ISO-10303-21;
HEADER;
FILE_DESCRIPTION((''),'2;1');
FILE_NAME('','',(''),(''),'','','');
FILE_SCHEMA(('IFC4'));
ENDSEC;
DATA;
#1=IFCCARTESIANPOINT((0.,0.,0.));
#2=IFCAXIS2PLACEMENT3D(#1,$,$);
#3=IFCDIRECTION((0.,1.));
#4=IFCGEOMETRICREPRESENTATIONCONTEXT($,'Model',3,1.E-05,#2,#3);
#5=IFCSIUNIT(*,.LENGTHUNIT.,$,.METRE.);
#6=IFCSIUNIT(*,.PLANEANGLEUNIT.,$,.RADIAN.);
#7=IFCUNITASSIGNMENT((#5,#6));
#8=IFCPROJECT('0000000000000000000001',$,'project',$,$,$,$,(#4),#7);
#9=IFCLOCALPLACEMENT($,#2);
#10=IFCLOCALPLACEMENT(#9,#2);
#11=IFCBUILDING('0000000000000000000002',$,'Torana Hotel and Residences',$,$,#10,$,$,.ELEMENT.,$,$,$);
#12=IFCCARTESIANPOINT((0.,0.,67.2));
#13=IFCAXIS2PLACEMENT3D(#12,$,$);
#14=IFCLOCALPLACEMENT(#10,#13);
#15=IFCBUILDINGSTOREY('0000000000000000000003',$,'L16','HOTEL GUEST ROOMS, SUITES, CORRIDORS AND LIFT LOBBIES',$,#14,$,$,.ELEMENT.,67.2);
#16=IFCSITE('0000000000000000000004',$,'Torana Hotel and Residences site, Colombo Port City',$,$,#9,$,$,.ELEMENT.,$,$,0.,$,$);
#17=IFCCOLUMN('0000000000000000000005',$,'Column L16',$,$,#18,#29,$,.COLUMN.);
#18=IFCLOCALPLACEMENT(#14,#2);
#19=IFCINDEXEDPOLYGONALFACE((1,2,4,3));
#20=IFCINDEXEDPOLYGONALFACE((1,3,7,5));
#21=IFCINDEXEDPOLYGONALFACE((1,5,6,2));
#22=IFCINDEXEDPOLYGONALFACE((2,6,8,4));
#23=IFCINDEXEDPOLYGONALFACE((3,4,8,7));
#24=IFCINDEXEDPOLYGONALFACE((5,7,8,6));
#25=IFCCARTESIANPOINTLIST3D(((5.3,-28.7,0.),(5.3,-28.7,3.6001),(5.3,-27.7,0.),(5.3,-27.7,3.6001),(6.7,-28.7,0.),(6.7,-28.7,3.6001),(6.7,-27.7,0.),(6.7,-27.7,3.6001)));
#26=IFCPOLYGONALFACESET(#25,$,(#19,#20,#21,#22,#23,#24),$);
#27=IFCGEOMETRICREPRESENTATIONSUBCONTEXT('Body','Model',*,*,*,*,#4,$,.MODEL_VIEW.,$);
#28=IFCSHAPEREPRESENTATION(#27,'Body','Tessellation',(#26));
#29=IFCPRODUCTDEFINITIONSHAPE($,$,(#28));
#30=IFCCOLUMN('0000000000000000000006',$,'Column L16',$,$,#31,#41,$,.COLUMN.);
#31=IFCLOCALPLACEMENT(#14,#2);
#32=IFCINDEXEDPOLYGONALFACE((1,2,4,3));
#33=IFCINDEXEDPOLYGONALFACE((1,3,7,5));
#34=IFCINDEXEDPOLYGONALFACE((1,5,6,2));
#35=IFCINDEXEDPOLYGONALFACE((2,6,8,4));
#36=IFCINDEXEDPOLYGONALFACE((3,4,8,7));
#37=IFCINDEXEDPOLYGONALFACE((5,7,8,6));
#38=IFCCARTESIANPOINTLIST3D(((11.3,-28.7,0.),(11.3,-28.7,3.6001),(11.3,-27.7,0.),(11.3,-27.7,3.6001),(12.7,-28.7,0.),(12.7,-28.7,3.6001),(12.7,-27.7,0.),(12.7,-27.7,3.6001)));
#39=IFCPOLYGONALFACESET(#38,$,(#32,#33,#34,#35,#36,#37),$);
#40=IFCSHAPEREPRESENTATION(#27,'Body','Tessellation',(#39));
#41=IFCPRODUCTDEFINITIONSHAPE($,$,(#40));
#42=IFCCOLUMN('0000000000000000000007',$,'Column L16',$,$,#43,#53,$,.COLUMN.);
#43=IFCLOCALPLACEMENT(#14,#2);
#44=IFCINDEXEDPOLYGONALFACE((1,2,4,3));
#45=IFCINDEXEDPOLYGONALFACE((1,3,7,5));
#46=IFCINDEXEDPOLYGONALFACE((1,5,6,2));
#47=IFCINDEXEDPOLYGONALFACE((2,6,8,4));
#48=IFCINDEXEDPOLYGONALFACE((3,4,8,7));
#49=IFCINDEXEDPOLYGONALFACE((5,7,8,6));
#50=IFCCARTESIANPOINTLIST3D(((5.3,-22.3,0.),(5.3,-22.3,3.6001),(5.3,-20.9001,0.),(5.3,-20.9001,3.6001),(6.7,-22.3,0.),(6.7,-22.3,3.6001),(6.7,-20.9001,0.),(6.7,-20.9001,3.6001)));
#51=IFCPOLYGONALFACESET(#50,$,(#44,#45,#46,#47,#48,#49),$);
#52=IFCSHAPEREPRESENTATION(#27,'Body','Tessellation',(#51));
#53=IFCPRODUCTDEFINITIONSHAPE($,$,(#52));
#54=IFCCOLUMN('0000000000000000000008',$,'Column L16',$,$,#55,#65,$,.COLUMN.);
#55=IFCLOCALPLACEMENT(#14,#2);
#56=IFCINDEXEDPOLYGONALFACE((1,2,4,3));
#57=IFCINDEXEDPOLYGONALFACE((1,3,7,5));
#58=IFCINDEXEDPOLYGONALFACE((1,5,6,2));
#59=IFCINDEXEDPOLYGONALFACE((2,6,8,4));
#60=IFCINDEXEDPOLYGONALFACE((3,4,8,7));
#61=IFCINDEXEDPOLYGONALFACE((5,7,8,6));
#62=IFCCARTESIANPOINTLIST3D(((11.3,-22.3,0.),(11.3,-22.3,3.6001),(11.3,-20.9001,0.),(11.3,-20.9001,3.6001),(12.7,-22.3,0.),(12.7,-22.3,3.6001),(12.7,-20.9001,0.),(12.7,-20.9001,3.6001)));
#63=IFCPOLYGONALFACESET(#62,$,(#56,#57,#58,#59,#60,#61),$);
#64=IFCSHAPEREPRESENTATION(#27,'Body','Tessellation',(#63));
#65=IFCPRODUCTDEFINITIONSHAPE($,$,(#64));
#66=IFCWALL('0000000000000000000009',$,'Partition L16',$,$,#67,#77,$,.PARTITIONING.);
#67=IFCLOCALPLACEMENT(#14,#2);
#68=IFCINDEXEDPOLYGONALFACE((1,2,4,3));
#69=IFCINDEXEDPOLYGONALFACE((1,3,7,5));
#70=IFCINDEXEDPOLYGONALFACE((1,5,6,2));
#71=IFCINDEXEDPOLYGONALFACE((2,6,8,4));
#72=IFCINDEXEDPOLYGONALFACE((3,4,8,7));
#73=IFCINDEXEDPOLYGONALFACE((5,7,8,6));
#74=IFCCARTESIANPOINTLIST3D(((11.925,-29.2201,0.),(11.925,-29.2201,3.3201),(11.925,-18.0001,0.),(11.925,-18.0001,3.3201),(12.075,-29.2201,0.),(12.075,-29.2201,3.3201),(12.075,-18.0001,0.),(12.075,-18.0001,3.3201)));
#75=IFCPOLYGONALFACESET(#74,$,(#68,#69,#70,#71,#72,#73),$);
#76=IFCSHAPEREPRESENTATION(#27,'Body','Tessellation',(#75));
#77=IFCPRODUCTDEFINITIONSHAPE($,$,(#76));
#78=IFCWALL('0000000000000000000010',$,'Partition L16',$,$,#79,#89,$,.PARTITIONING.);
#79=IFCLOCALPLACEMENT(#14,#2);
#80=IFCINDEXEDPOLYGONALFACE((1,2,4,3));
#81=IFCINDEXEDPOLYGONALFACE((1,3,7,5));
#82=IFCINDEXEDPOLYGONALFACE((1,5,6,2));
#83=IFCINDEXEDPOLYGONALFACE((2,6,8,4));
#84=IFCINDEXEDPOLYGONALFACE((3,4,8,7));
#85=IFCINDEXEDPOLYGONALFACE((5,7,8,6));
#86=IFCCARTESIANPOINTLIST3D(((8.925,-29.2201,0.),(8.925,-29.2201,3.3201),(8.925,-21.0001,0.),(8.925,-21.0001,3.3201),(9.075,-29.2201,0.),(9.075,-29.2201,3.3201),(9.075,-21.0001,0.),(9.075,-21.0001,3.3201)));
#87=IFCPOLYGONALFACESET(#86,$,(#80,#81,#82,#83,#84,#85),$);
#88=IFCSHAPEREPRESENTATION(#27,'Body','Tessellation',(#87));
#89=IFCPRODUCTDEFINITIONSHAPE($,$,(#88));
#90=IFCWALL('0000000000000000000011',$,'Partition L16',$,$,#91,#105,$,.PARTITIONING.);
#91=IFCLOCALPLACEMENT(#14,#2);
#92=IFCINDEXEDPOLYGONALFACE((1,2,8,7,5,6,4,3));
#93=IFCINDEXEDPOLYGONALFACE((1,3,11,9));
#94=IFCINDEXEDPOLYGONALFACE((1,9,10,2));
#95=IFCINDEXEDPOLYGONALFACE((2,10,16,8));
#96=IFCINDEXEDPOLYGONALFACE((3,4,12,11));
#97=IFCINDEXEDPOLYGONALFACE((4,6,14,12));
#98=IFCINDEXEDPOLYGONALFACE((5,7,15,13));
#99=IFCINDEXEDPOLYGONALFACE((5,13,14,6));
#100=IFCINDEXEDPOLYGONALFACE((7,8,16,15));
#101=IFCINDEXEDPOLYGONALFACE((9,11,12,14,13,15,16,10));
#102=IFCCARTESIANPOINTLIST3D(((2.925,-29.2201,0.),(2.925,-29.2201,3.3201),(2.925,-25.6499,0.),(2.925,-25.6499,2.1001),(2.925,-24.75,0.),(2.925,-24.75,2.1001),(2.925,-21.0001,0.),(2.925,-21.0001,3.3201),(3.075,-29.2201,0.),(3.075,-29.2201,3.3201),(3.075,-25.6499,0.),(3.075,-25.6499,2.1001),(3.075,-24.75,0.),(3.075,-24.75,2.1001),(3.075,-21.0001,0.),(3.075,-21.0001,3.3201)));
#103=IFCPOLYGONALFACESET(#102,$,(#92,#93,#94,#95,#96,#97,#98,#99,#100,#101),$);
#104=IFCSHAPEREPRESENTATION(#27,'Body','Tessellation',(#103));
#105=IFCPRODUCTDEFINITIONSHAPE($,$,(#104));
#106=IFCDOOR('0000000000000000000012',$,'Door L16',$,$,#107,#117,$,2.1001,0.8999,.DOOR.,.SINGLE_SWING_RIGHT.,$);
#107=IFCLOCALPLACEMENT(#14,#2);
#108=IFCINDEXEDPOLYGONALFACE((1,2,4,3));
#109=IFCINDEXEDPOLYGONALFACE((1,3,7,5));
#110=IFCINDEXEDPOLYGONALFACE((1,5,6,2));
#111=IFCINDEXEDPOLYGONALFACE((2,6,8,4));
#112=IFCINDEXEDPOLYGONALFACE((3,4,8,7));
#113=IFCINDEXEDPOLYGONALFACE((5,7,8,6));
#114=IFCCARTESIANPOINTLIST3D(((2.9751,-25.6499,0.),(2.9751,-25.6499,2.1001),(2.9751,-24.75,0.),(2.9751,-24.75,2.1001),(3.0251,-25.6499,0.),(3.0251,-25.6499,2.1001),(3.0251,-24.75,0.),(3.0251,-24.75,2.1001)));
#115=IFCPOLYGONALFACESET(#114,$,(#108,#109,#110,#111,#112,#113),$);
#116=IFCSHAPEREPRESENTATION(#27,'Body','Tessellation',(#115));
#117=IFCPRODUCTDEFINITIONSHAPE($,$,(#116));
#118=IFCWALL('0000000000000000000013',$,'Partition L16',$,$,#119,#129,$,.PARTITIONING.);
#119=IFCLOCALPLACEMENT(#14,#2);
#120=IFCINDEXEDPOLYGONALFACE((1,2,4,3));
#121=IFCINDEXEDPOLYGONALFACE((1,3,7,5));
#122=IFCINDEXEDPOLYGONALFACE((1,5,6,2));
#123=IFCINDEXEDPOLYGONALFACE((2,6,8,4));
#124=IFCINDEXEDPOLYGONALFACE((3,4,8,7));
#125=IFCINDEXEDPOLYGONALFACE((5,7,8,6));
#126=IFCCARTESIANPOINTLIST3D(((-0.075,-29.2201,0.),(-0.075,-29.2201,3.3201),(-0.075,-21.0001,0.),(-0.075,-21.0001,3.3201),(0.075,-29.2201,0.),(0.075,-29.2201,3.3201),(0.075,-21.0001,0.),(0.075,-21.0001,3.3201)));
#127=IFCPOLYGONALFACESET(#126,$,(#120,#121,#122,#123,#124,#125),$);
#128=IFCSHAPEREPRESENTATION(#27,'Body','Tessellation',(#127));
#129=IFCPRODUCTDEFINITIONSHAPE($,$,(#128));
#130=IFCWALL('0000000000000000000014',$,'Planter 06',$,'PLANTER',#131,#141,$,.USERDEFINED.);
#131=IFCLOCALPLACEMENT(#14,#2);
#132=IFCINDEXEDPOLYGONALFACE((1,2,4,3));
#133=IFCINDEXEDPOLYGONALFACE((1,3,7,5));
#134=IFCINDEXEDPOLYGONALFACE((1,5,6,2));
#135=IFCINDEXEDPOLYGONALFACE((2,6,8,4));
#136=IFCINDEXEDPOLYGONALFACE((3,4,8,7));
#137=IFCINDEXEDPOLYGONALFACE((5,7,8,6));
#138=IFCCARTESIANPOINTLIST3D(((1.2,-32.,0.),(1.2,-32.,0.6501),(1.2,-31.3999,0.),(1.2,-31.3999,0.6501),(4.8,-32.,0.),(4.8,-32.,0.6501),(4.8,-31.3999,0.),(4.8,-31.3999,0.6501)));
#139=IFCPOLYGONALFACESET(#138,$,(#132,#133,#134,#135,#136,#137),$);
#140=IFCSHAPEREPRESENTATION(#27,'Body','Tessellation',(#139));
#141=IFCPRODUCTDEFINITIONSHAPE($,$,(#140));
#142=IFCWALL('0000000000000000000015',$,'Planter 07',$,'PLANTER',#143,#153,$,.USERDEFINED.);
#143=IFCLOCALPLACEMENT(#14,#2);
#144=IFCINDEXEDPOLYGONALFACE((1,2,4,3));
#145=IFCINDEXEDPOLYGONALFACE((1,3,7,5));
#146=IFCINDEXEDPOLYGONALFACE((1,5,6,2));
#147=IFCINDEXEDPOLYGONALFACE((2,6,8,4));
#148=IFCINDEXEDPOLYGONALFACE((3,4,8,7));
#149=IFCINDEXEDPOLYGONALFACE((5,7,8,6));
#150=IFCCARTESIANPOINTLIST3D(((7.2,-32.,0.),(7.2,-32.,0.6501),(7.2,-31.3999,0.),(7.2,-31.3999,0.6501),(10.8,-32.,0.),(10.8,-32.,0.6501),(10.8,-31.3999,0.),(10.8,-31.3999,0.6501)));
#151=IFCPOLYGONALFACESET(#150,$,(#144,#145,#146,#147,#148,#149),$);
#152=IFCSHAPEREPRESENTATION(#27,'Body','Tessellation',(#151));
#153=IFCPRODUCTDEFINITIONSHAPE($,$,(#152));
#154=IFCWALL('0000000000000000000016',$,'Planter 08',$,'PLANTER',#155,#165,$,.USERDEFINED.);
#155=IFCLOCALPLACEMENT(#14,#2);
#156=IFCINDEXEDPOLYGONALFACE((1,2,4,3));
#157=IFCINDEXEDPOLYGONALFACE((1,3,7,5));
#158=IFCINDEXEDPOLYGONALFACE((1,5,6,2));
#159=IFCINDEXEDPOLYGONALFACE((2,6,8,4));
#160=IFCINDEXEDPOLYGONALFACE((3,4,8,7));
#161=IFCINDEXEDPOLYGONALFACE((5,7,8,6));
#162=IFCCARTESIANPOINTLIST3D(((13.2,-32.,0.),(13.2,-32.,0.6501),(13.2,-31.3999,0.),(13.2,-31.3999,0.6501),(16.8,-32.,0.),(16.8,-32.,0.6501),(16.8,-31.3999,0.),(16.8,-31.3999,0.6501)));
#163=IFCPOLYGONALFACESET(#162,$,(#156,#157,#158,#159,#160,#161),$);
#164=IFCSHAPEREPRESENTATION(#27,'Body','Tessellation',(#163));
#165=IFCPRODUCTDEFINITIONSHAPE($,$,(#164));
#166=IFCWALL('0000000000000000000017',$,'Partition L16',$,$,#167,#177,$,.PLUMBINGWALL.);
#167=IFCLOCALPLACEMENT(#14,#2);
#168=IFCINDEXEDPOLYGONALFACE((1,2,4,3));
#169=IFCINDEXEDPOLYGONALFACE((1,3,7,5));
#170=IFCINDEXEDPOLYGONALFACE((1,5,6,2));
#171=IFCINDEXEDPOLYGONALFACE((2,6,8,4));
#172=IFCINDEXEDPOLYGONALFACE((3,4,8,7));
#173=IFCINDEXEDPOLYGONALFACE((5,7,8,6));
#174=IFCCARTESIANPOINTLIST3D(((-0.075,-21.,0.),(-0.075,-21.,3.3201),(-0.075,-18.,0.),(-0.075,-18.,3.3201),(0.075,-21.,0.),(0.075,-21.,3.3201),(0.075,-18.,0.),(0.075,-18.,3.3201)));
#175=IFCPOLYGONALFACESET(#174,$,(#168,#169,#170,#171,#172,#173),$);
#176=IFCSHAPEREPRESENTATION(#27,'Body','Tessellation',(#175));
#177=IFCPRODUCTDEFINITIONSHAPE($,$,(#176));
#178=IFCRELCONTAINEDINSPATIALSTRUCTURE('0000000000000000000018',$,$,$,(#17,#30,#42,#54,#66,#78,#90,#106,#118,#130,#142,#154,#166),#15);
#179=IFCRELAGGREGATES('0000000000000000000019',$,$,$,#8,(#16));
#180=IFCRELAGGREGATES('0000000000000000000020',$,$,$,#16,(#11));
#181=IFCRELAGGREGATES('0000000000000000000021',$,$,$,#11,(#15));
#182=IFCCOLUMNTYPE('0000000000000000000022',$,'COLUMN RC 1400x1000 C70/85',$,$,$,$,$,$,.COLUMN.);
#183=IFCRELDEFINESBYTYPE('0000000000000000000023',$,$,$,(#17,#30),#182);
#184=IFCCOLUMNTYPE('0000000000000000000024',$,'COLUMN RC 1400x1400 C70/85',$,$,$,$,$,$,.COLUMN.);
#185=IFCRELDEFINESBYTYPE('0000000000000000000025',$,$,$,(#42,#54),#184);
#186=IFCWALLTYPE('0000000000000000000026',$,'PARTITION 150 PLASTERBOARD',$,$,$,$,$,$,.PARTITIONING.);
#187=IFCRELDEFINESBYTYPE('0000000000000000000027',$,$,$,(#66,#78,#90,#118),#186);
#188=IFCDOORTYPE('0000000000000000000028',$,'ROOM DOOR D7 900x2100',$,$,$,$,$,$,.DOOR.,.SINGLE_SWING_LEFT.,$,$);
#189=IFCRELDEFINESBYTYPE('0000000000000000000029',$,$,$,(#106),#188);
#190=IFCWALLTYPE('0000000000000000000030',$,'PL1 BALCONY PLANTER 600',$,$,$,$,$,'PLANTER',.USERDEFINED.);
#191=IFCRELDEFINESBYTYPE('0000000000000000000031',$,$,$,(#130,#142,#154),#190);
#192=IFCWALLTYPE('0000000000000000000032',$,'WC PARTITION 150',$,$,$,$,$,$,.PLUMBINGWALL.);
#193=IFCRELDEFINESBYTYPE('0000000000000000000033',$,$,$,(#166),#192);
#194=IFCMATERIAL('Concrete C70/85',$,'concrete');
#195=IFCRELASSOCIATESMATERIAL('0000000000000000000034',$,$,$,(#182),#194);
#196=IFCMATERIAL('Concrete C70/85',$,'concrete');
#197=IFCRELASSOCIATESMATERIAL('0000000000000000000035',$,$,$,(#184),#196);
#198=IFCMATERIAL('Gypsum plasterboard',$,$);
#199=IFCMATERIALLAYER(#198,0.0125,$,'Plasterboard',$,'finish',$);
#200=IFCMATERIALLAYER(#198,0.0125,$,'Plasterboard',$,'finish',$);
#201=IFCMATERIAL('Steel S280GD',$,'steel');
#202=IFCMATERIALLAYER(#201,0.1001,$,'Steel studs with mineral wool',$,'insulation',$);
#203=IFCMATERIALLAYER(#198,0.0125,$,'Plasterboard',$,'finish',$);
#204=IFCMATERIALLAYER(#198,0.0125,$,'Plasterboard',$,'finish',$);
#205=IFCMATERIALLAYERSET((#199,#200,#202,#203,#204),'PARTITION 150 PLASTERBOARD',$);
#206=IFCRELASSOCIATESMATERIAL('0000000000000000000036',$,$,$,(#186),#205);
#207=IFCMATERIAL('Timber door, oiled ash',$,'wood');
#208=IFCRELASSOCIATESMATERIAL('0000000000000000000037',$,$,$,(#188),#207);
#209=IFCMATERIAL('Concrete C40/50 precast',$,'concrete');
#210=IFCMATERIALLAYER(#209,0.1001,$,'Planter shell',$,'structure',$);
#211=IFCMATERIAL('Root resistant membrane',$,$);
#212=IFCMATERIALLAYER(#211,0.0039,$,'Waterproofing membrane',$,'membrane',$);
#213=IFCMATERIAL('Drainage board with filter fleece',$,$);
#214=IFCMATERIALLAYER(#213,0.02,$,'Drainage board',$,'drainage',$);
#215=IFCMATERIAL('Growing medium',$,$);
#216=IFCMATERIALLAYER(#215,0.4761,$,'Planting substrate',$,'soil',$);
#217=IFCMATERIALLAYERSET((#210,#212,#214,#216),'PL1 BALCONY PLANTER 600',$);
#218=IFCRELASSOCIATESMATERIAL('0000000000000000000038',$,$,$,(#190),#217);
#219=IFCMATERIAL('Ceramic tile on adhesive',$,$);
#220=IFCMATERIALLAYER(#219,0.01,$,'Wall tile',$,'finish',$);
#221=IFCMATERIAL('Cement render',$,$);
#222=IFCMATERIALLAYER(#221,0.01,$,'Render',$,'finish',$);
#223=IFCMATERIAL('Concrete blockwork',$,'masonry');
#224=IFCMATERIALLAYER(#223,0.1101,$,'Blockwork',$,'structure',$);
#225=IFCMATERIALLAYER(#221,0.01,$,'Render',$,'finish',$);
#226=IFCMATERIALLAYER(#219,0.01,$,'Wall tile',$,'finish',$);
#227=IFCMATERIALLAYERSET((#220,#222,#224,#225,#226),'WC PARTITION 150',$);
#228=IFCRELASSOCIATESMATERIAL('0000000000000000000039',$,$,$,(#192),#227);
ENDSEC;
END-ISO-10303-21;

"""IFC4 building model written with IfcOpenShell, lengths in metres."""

from ifc_helpers import new_model, si_unit, direction, frame, frame_2d, origin, origin_2d, place, context, subcontext, project, spatial, rectangle, extrude, material, layer, layer_set, material_profile, profile_set, type_object, element, fill, save


model = new_model("IFC4")

# Units and contexts
model_context = context("Model", 3, precision=1e-05, world=origin(), true_north=direction((0.0, 1.0)))
body_context = subcontext(model_context, "Body", "Model", "MODEL_VIEW")
ifc_project = project(units=[si_unit("LENGTHUNIT", "METRE"), si_unit("PLANEANGLEUNIT", "RADIAN")], contexts=[model_context])

# Site, building, storey
site_placement = place(None, origin())
site = spatial("IfcSite", under=ifc_project, at=site_placement, Name="Torana Hotel and Residences site, Colombo Port City", CompositionType="ELEMENT", RefElevation=0.0)
building_placement = place(site_placement, origin())
building = spatial("IfcBuilding", under=site, at=building_placement, Name="Torana Hotel and Residences", CompositionType="ELEMENT")
storey_placement = place(building_placement, frame((0.0, 0.0, 67.2)))
storey = spatial("IfcBuildingStorey", under=building, at=storey_placement, Name="L16", Description="HOTEL GUEST ROOMS, SUITES, CORRIDORS AND LIFT LOBBIES", CompositionType="ELEMENT", Elevation=67.2)

# Columns
ifc_material_1 = material(Name="Concrete C70/85", Category="concrete")
ifc_material_profile_1 = material_profile(ifc_material_1, rectangle(XDim=1.3999, YDim=1.0, at=origin_2d()), Name="RC 1400x1000")
ifc_profile_set_1 = profile_set([ifc_material_profile_1], Name="Concrete C70/85")
column_type_1 = type_object("IfcColumnType", Name="COLUMN RC 1400x1000 C70/85", PredefinedType="COLUMN", material=ifc_profile_set_1)
for number, where, z_axis, x_axis, name in (
    (1, (6.0, -28.2, 0.0), (0.0, 0.0, 1.0), (1.0, 0.0, 0.0), "Column L16"),
    (2, (12.0, -28.2, 0.0), (0.0, 0.0, 1.0), (1.0, 0.0, 0.0), "Column L16"),
):
    element("IfcColumn", number, at=place(storey_placement, frame(where, z_axis=z_axis, x_axis=x_axis)), inside=storey, type_object=column_type_1, Name=name, PredefinedType="COLUMN", context=body_context, shape_type="SweptSolid", body=[
        extrude(rectangle(XDim=1.3999, YDim=1.0, at=origin_2d()), origin(), (0.0, 0.0, 1.0), 3.6001),
    ])
ifc_material_2 = material(Name="Concrete C70/85", Category="concrete")
ifc_material_profile_2 = material_profile(ifc_material_2, rectangle(XDim=1.3999, YDim=1.3999, at=origin_2d()), Name="RC 1400x1400")
ifc_profile_set_2 = profile_set([ifc_material_profile_2], Name="Concrete C70/85")
column_type_2 = type_object("IfcColumnType", Name="COLUMN RC 1400x1400 C70/85", PredefinedType="COLUMN", material=ifc_profile_set_2)
for number, where, z_axis, x_axis, name in (
    (3, (6.0, -21.6001, 0.0), (0.0, 0.0, 1.0), (1.0, 0.0, 0.0), "Column L16"),
    (4, (12.0, -21.6001, 0.0), (0.0, 0.0, 1.0), (1.0, 0.0, 0.0), "Column L16"),
):
    element("IfcColumn", number, at=place(storey_placement, frame(where, z_axis=z_axis, x_axis=x_axis)), inside=storey, type_object=column_type_2, Name=name, PredefinedType="COLUMN", context=body_context, shape_type="SweptSolid", body=[
        extrude(rectangle(XDim=1.3999, YDim=1.3999, at=origin_2d()), origin(), (0.0, 0.0, 1.0), 3.6001),
    ])

# Walls
ifc_material_3 = material(Name="Gypsum plasterboard")
ifc_layer_1 = layer(ifc_material_3, 0.0125, Name="Plasterboard", Category="finish")
ifc_layer_2 = layer(ifc_material_3, 0.0125, Name="Plasterboard", Category="finish")
ifc_material_4 = material(Name="Steel S280GD", Category="steel")
ifc_layer_3 = layer(ifc_material_4, 0.1001, Name="Steel studs with mineral wool", Category="insulation")
ifc_layer_4 = layer(ifc_material_3, 0.0125, Name="Plasterboard", Category="finish")
ifc_layer_5 = layer(ifc_material_3, 0.0125, Name="Plasterboard", Category="finish")
ifc_layer_set_1 = layer_set([ifc_layer_1, ifc_layer_2, ifc_layer_3, ifc_layer_4, ifc_layer_5], Name="PARTITION 150 PLASTERBOARD")
wall_type_1 = type_object("IfcWallType", Name="PARTITION 150 PLASTERBOARD", PredefinedType="PARTITIONING", material=ifc_layer_set_1)
wall_1_placement = place(storey_placement, frame((12.0, -29.22, 0.0), z_axis=(0.0, 0.0, 1.0), x_axis=(0.0, 1.0, 0.0)))
element("IfcWall", 5, at=wall_1_placement, inside=storey, type_object=wall_type_1, Name="Partition L16", PredefinedType="PARTITIONING", context=body_context, shape_type="SweptSolid", body=[
    extrude(rectangle(XDim=11.22, YDim=0.1499, at=frame_2d((5.6099, 0.0))), origin(), (0.0, 0.0, 1.0), 3.3201),
])
wall_2_placement = place(storey_placement, frame((9.0, -29.22, 0.0), z_axis=(0.0, 0.0, 1.0), x_axis=(0.0, 1.0, 0.0)))
element("IfcWall", 6, at=wall_2_placement, inside=storey, type_object=wall_type_1, Name="Partition L16", PredefinedType="PARTITIONING", context=body_context, shape_type="SweptSolid", body=[
    extrude(rectangle(XDim=8.22, YDim=0.1499, at=frame_2d((4.1099, 0.0))), origin(), (0.0, 0.0, 1.0), 3.3201),
])

# Wall, opening, door
wall_3_placement = place(storey_placement, frame((3.0, -29.22, 0.0), z_axis=(0.0, 0.0, 1.0), x_axis=(0.0, 1.0, 0.0)))
wall_3 = element("IfcWall", 7, at=wall_3_placement, inside=storey, type_object=wall_type_1, Name="Partition L16", PredefinedType="PARTITIONING", context=body_context, shape_type="SweptSolid", body=[
    extrude(rectangle(XDim=8.22, YDim=0.1499, at=frame_2d((4.1099, 0.0))), origin(), (0.0, 0.0, 1.0), 3.3201),
])
opening_placement = place(wall_3_placement, frame((3.5701, 0.0, 0.0)))
opening = element("IfcOpeningElement", 8, at=opening_placement, cuts=wall_3, PredefinedType="OPENING", context=body_context, shape_type="SweptSolid", body=[
    extrude(rectangle(XDim=0.8999, YDim=2.1001, at=frame_2d((0.45, 1.05))), frame((0.0, 0.085, 0.0), z_axis=(0.0, -1.0, 0.0), x_axis=(1.0, 0.0, 0.0)), (0.0, 0.0, 1.0), 0.1699),
])
ifc_material_5 = material(Name="Timber door, oiled ash", Category="wood")
door_type = type_object("IfcDoorType", Name="ROOM DOOR D7 900x2100", OperationType="SINGLE_SWING_LEFT", PredefinedType="DOOR", material=ifc_material_5)
door_placement = place(opening_placement, origin())
door = element("IfcDoor", 9, at=door_placement, inside=storey, type_object=door_type, Name="Door L16", OperationType="SINGLE_SWING_RIGHT", OverallHeight=2.1001, OverallWidth=0.8999, PredefinedType="DOOR", context=body_context, shape_type="SweptSolid", body=[
    extrude(rectangle(XDim=0.8999, YDim=2.1001, at=frame_2d((0.45, 1.05))), frame((0.0, 0.0249, 0.0), z_axis=(0.0, -1.0, 0.0), x_axis=(1.0, 0.0, 0.0)), (0.0, 0.0, 1.0), 0.05),
])
fill(opening, door)

# Walls
wall_4_placement = place(storey_placement, frame((0.0, -29.22, 0.0), z_axis=(0.0, 0.0, 1.0), x_axis=(0.0, 1.0, 0.0)))
element("IfcWall", 10, at=wall_4_placement, inside=storey, type_object=wall_type_1, Name="Partition L16", PredefinedType="PARTITIONING", context=body_context, shape_type="SweptSolid", body=[
    extrude(rectangle(XDim=8.22, YDim=0.1499, at=frame_2d((4.1099, 0.0))), origin(), (0.0, 0.0, 1.0), 3.3201),
])
ifc_material_6 = material(Name="Concrete C40/50 precast", Category="concrete")
ifc_layer_6 = layer(ifc_material_6, 0.1001, Name="Planter shell", Category="structure")
ifc_material_7 = material(Name="Root resistant membrane")
ifc_layer_7 = layer(ifc_material_7, 0.0039, Name="Waterproofing membrane", Category="membrane")
ifc_material_8 = material(Name="Drainage board with filter fleece")
ifc_layer_8 = layer(ifc_material_8, 0.02, Name="Drainage board", Category="drainage")
ifc_material_9 = material(Name="Growing medium")
ifc_layer_9 = layer(ifc_material_9, 0.4761, Name="Planting substrate", Category="soil")
ifc_layer_set_2 = layer_set([ifc_layer_6, ifc_layer_7, ifc_layer_8, ifc_layer_9], Name="PL1 BALCONY PLANTER 600")
wall_type_2 = type_object("IfcWallType", Name="PL1 BALCONY PLANTER 600", ElementType="PLANTER", PredefinedType="USERDEFINED", material=ifc_layer_set_2)
for number, where, z_axis, x_axis, name in (
    (11, (4.8, -31.7, 0.0), (0.0, 0.0, 1.0), (-1.0, 0.0, 0.0), "Planter 06"),
    (12, (10.8, -31.7, 0.0), (0.0, 0.0, 1.0), (-1.0, 0.0, 0.0), "Planter 07"),
    (13, (16.8, -31.7, 0.0), (0.0, 0.0, 1.0), (-1.0, 0.0, 0.0), "Planter 08"),
):
    element("IfcWall", number, at=place(storey_placement, frame(where, z_axis=z_axis, x_axis=x_axis)), inside=storey, type_object=wall_type_2, Name=name, ObjectType="PLANTER", PredefinedType="USERDEFINED", context=body_context, shape_type="SweptSolid", body=[
        extrude(rectangle(XDim=3.6001, YDim=0.6001, at=frame_2d((1.8, 0.0))), origin(), (0.0, 0.0, 1.0), 0.6501),
    ])
ifc_material_10 = material(Name="Ceramic tile on adhesive")
ifc_layer_10 = layer(ifc_material_10, 0.01, Name="Wall tile", Category="finish")
ifc_material_11 = material(Name="Cement render")
ifc_layer_11 = layer(ifc_material_11, 0.01, Name="Render", Category="finish")
ifc_material_12 = material(Name="Concrete blockwork", Category="masonry")
ifc_layer_12 = layer(ifc_material_12, 0.1101, Name="Blockwork", Category="structure")
ifc_layer_13 = layer(ifc_material_11, 0.01, Name="Render", Category="finish")
ifc_layer_14 = layer(ifc_material_10, 0.01, Name="Wall tile", Category="finish")
ifc_layer_set_3 = layer_set([ifc_layer_10, ifc_layer_11, ifc_layer_12, ifc_layer_13, ifc_layer_14], Name="WC PARTITION 150")
wall_type_3 = type_object("IfcWallType", Name="WC PARTITION 150", PredefinedType="PLUMBINGWALL", material=ifc_layer_set_3)
wall_5_placement = place(storey_placement, frame((0.0, -21.0, 0.0), z_axis=(0.0, 0.0, 1.0), x_axis=(0.0, 1.0, 0.0)))
element("IfcWall", 14, at=wall_5_placement, inside=storey, type_object=wall_type_3, Name="Partition L16", PredefinedType="PLUMBINGWALL", context=body_context, shape_type="SweptSolid", body=[
    extrude(rectangle(XDim=3.0, YDim=0.1499, at=frame_2d((1.5, 0.0))), origin(), (0.0, 0.0, 1.0), 3.3201),
])

save(model, "model.ifc")
